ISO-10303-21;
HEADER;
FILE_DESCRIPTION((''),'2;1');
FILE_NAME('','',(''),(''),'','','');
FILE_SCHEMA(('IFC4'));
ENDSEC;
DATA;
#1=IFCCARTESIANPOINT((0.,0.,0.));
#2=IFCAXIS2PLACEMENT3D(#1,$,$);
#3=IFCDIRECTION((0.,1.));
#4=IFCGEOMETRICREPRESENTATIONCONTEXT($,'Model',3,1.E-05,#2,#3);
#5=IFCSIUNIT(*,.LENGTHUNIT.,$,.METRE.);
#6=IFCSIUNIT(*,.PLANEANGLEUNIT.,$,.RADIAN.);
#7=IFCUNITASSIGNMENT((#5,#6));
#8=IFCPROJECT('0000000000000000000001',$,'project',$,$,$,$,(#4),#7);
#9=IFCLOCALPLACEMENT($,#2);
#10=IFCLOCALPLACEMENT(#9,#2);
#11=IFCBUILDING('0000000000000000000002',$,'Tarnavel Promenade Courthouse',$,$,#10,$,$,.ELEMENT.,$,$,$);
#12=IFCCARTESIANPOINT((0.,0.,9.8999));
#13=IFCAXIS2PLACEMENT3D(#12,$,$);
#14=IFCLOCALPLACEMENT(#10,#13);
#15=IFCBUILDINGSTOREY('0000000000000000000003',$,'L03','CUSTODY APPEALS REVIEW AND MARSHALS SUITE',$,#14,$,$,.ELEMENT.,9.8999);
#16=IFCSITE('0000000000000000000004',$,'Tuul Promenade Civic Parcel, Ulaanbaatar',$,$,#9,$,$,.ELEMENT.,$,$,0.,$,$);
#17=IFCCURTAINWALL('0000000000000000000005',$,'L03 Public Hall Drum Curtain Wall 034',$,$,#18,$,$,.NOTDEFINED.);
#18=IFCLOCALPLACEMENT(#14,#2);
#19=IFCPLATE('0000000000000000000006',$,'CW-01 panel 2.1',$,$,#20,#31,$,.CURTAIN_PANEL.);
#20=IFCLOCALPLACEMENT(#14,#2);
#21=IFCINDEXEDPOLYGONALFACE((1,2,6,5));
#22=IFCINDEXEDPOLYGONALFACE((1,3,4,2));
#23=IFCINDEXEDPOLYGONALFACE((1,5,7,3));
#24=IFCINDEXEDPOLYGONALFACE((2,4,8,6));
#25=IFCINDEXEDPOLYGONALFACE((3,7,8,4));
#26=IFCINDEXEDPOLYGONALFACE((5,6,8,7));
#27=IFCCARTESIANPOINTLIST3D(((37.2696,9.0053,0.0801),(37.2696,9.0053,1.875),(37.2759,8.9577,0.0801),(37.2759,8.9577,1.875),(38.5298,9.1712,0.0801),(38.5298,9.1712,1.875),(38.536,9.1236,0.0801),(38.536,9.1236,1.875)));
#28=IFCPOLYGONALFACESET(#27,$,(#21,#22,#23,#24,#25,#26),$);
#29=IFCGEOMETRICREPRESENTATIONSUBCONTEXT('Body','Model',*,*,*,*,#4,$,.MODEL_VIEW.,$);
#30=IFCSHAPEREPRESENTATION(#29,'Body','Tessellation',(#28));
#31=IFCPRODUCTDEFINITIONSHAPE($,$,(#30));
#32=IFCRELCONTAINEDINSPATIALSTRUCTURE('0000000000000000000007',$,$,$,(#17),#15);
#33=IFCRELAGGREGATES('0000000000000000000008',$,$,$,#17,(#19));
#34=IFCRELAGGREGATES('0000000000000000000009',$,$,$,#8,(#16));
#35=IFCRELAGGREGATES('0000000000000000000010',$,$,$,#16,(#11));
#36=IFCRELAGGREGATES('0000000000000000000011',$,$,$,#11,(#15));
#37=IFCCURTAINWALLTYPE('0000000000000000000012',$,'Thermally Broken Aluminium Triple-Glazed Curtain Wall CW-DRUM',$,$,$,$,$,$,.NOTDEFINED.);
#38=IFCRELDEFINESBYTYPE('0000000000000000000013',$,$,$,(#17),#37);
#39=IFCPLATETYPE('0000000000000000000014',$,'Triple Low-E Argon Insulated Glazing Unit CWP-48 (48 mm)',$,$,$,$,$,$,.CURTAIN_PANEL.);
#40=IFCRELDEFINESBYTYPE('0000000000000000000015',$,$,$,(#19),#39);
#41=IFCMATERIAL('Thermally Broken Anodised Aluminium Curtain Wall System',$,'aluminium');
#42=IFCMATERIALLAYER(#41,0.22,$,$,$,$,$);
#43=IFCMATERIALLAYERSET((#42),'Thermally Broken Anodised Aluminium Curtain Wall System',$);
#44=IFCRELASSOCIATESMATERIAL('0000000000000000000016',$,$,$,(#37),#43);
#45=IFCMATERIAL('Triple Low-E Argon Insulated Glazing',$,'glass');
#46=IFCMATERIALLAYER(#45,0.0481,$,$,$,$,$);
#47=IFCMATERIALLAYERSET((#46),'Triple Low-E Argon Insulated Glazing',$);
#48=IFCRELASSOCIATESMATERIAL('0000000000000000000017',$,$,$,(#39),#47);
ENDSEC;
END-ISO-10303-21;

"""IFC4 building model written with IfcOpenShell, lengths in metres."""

from ifc_helpers import new_model, si_unit, direction, frame, origin, origin_2d, place, context, subcontext, project, spatial, rectangle, extrude, material, layer, layer_set, type_object, element, aggregate, save


model = new_model("IFC4")

# Units and contexts
model_context = context("Model", 3, precision=1e-05, world=origin(), true_north=direction((0.0, 1.0)))
body_context = subcontext(model_context, "Body", "Model", "MODEL_VIEW")
ifc_project = project(units=[si_unit("LENGTHUNIT", "METRE"), si_unit("PLANEANGLEUNIT", "RADIAN")], contexts=[model_context])

# Site, building, storey
site_placement = place(None, origin())
site = spatial("IfcSite", under=ifc_project, at=site_placement, Name="Tuul Promenade Civic Parcel, Ulaanbaatar", CompositionType="ELEMENT", RefElevation=0.0)
building_placement = place(site_placement, origin())
building = spatial("IfcBuilding", under=site, at=building_placement, Name="Tarnavel Promenade Courthouse", CompositionType="ELEMENT")
storey_placement = place(building_placement, frame((0.0, 0.0, 9.8999)))
storey = spatial("IfcBuildingStorey", under=building, at=storey_placement, Name="L03", Description="CUSTODY APPEALS REVIEW AND MARSHALS SUITE", CompositionType="ELEMENT", Elevation=9.8999)

# Curtain wall
ifc_material_1 = material(Name="Thermally Broken Anodised Aluminium Curtain Wall System", Category="aluminium")
ifc_layer_1 = layer(ifc_material_1, 0.22)
ifc_layer_set_1 = layer_set([ifc_layer_1], Name="Thermally Broken Anodised Aluminium Curtain Wall System")
curtain_wall_type = type_object("IfcCurtainWallType", Name="Thermally Broken Aluminium Triple-Glazed Curtain Wall CW-DRUM", PredefinedType="NOTDEFINED", material=ifc_layer_set_1)
curtain_wall_1_placement = place(storey_placement, origin())
curtain_wall_1 = element("IfcCurtainWall", 1, at=curtain_wall_1_placement, inside=storey, type_object=curtain_wall_type, Name="L03 Public Hall Drum Curtain Wall 034", PredefinedType="NOTDEFINED")

# Plate
ifc_material_2 = material(Name="Triple Low-E Argon Insulated Glazing", Category="glass")
ifc_layer_2 = layer(ifc_material_2, 0.0481)
ifc_layer_set_2 = layer_set([ifc_layer_2], Name="Triple Low-E Argon Insulated Glazing")
plate_type = type_object("IfcPlateType", Name="Triple Low-E Argon Insulated Glazing Unit CWP-48 (48 mm)", PredefinedType="CURTAIN_PANEL", material=ifc_layer_set_2)
plate_1_placement = place(storey_placement, frame((37.9028, 9.0645, 0.0801), z_axis=(0.0, 0.0, 1.0), x_axis=(0.991445, 0.130526, 0.0)))
plate_1 = element("IfcPlate", 2, at=plate_1_placement, type_object=plate_type, Name="CW-01 panel 2.1", PredefinedType="CURTAIN_PANEL", context=body_context, shape_type="SweptSolid", body=[
    extrude(rectangle(XDim=1.271, YDim=0.0481, at=origin_2d()), origin(), (0.0, 0.0, 1.0), 1.7949),
])
aggregate(curtain_wall_1, [plate_1])

save(model, "model.ifc")
